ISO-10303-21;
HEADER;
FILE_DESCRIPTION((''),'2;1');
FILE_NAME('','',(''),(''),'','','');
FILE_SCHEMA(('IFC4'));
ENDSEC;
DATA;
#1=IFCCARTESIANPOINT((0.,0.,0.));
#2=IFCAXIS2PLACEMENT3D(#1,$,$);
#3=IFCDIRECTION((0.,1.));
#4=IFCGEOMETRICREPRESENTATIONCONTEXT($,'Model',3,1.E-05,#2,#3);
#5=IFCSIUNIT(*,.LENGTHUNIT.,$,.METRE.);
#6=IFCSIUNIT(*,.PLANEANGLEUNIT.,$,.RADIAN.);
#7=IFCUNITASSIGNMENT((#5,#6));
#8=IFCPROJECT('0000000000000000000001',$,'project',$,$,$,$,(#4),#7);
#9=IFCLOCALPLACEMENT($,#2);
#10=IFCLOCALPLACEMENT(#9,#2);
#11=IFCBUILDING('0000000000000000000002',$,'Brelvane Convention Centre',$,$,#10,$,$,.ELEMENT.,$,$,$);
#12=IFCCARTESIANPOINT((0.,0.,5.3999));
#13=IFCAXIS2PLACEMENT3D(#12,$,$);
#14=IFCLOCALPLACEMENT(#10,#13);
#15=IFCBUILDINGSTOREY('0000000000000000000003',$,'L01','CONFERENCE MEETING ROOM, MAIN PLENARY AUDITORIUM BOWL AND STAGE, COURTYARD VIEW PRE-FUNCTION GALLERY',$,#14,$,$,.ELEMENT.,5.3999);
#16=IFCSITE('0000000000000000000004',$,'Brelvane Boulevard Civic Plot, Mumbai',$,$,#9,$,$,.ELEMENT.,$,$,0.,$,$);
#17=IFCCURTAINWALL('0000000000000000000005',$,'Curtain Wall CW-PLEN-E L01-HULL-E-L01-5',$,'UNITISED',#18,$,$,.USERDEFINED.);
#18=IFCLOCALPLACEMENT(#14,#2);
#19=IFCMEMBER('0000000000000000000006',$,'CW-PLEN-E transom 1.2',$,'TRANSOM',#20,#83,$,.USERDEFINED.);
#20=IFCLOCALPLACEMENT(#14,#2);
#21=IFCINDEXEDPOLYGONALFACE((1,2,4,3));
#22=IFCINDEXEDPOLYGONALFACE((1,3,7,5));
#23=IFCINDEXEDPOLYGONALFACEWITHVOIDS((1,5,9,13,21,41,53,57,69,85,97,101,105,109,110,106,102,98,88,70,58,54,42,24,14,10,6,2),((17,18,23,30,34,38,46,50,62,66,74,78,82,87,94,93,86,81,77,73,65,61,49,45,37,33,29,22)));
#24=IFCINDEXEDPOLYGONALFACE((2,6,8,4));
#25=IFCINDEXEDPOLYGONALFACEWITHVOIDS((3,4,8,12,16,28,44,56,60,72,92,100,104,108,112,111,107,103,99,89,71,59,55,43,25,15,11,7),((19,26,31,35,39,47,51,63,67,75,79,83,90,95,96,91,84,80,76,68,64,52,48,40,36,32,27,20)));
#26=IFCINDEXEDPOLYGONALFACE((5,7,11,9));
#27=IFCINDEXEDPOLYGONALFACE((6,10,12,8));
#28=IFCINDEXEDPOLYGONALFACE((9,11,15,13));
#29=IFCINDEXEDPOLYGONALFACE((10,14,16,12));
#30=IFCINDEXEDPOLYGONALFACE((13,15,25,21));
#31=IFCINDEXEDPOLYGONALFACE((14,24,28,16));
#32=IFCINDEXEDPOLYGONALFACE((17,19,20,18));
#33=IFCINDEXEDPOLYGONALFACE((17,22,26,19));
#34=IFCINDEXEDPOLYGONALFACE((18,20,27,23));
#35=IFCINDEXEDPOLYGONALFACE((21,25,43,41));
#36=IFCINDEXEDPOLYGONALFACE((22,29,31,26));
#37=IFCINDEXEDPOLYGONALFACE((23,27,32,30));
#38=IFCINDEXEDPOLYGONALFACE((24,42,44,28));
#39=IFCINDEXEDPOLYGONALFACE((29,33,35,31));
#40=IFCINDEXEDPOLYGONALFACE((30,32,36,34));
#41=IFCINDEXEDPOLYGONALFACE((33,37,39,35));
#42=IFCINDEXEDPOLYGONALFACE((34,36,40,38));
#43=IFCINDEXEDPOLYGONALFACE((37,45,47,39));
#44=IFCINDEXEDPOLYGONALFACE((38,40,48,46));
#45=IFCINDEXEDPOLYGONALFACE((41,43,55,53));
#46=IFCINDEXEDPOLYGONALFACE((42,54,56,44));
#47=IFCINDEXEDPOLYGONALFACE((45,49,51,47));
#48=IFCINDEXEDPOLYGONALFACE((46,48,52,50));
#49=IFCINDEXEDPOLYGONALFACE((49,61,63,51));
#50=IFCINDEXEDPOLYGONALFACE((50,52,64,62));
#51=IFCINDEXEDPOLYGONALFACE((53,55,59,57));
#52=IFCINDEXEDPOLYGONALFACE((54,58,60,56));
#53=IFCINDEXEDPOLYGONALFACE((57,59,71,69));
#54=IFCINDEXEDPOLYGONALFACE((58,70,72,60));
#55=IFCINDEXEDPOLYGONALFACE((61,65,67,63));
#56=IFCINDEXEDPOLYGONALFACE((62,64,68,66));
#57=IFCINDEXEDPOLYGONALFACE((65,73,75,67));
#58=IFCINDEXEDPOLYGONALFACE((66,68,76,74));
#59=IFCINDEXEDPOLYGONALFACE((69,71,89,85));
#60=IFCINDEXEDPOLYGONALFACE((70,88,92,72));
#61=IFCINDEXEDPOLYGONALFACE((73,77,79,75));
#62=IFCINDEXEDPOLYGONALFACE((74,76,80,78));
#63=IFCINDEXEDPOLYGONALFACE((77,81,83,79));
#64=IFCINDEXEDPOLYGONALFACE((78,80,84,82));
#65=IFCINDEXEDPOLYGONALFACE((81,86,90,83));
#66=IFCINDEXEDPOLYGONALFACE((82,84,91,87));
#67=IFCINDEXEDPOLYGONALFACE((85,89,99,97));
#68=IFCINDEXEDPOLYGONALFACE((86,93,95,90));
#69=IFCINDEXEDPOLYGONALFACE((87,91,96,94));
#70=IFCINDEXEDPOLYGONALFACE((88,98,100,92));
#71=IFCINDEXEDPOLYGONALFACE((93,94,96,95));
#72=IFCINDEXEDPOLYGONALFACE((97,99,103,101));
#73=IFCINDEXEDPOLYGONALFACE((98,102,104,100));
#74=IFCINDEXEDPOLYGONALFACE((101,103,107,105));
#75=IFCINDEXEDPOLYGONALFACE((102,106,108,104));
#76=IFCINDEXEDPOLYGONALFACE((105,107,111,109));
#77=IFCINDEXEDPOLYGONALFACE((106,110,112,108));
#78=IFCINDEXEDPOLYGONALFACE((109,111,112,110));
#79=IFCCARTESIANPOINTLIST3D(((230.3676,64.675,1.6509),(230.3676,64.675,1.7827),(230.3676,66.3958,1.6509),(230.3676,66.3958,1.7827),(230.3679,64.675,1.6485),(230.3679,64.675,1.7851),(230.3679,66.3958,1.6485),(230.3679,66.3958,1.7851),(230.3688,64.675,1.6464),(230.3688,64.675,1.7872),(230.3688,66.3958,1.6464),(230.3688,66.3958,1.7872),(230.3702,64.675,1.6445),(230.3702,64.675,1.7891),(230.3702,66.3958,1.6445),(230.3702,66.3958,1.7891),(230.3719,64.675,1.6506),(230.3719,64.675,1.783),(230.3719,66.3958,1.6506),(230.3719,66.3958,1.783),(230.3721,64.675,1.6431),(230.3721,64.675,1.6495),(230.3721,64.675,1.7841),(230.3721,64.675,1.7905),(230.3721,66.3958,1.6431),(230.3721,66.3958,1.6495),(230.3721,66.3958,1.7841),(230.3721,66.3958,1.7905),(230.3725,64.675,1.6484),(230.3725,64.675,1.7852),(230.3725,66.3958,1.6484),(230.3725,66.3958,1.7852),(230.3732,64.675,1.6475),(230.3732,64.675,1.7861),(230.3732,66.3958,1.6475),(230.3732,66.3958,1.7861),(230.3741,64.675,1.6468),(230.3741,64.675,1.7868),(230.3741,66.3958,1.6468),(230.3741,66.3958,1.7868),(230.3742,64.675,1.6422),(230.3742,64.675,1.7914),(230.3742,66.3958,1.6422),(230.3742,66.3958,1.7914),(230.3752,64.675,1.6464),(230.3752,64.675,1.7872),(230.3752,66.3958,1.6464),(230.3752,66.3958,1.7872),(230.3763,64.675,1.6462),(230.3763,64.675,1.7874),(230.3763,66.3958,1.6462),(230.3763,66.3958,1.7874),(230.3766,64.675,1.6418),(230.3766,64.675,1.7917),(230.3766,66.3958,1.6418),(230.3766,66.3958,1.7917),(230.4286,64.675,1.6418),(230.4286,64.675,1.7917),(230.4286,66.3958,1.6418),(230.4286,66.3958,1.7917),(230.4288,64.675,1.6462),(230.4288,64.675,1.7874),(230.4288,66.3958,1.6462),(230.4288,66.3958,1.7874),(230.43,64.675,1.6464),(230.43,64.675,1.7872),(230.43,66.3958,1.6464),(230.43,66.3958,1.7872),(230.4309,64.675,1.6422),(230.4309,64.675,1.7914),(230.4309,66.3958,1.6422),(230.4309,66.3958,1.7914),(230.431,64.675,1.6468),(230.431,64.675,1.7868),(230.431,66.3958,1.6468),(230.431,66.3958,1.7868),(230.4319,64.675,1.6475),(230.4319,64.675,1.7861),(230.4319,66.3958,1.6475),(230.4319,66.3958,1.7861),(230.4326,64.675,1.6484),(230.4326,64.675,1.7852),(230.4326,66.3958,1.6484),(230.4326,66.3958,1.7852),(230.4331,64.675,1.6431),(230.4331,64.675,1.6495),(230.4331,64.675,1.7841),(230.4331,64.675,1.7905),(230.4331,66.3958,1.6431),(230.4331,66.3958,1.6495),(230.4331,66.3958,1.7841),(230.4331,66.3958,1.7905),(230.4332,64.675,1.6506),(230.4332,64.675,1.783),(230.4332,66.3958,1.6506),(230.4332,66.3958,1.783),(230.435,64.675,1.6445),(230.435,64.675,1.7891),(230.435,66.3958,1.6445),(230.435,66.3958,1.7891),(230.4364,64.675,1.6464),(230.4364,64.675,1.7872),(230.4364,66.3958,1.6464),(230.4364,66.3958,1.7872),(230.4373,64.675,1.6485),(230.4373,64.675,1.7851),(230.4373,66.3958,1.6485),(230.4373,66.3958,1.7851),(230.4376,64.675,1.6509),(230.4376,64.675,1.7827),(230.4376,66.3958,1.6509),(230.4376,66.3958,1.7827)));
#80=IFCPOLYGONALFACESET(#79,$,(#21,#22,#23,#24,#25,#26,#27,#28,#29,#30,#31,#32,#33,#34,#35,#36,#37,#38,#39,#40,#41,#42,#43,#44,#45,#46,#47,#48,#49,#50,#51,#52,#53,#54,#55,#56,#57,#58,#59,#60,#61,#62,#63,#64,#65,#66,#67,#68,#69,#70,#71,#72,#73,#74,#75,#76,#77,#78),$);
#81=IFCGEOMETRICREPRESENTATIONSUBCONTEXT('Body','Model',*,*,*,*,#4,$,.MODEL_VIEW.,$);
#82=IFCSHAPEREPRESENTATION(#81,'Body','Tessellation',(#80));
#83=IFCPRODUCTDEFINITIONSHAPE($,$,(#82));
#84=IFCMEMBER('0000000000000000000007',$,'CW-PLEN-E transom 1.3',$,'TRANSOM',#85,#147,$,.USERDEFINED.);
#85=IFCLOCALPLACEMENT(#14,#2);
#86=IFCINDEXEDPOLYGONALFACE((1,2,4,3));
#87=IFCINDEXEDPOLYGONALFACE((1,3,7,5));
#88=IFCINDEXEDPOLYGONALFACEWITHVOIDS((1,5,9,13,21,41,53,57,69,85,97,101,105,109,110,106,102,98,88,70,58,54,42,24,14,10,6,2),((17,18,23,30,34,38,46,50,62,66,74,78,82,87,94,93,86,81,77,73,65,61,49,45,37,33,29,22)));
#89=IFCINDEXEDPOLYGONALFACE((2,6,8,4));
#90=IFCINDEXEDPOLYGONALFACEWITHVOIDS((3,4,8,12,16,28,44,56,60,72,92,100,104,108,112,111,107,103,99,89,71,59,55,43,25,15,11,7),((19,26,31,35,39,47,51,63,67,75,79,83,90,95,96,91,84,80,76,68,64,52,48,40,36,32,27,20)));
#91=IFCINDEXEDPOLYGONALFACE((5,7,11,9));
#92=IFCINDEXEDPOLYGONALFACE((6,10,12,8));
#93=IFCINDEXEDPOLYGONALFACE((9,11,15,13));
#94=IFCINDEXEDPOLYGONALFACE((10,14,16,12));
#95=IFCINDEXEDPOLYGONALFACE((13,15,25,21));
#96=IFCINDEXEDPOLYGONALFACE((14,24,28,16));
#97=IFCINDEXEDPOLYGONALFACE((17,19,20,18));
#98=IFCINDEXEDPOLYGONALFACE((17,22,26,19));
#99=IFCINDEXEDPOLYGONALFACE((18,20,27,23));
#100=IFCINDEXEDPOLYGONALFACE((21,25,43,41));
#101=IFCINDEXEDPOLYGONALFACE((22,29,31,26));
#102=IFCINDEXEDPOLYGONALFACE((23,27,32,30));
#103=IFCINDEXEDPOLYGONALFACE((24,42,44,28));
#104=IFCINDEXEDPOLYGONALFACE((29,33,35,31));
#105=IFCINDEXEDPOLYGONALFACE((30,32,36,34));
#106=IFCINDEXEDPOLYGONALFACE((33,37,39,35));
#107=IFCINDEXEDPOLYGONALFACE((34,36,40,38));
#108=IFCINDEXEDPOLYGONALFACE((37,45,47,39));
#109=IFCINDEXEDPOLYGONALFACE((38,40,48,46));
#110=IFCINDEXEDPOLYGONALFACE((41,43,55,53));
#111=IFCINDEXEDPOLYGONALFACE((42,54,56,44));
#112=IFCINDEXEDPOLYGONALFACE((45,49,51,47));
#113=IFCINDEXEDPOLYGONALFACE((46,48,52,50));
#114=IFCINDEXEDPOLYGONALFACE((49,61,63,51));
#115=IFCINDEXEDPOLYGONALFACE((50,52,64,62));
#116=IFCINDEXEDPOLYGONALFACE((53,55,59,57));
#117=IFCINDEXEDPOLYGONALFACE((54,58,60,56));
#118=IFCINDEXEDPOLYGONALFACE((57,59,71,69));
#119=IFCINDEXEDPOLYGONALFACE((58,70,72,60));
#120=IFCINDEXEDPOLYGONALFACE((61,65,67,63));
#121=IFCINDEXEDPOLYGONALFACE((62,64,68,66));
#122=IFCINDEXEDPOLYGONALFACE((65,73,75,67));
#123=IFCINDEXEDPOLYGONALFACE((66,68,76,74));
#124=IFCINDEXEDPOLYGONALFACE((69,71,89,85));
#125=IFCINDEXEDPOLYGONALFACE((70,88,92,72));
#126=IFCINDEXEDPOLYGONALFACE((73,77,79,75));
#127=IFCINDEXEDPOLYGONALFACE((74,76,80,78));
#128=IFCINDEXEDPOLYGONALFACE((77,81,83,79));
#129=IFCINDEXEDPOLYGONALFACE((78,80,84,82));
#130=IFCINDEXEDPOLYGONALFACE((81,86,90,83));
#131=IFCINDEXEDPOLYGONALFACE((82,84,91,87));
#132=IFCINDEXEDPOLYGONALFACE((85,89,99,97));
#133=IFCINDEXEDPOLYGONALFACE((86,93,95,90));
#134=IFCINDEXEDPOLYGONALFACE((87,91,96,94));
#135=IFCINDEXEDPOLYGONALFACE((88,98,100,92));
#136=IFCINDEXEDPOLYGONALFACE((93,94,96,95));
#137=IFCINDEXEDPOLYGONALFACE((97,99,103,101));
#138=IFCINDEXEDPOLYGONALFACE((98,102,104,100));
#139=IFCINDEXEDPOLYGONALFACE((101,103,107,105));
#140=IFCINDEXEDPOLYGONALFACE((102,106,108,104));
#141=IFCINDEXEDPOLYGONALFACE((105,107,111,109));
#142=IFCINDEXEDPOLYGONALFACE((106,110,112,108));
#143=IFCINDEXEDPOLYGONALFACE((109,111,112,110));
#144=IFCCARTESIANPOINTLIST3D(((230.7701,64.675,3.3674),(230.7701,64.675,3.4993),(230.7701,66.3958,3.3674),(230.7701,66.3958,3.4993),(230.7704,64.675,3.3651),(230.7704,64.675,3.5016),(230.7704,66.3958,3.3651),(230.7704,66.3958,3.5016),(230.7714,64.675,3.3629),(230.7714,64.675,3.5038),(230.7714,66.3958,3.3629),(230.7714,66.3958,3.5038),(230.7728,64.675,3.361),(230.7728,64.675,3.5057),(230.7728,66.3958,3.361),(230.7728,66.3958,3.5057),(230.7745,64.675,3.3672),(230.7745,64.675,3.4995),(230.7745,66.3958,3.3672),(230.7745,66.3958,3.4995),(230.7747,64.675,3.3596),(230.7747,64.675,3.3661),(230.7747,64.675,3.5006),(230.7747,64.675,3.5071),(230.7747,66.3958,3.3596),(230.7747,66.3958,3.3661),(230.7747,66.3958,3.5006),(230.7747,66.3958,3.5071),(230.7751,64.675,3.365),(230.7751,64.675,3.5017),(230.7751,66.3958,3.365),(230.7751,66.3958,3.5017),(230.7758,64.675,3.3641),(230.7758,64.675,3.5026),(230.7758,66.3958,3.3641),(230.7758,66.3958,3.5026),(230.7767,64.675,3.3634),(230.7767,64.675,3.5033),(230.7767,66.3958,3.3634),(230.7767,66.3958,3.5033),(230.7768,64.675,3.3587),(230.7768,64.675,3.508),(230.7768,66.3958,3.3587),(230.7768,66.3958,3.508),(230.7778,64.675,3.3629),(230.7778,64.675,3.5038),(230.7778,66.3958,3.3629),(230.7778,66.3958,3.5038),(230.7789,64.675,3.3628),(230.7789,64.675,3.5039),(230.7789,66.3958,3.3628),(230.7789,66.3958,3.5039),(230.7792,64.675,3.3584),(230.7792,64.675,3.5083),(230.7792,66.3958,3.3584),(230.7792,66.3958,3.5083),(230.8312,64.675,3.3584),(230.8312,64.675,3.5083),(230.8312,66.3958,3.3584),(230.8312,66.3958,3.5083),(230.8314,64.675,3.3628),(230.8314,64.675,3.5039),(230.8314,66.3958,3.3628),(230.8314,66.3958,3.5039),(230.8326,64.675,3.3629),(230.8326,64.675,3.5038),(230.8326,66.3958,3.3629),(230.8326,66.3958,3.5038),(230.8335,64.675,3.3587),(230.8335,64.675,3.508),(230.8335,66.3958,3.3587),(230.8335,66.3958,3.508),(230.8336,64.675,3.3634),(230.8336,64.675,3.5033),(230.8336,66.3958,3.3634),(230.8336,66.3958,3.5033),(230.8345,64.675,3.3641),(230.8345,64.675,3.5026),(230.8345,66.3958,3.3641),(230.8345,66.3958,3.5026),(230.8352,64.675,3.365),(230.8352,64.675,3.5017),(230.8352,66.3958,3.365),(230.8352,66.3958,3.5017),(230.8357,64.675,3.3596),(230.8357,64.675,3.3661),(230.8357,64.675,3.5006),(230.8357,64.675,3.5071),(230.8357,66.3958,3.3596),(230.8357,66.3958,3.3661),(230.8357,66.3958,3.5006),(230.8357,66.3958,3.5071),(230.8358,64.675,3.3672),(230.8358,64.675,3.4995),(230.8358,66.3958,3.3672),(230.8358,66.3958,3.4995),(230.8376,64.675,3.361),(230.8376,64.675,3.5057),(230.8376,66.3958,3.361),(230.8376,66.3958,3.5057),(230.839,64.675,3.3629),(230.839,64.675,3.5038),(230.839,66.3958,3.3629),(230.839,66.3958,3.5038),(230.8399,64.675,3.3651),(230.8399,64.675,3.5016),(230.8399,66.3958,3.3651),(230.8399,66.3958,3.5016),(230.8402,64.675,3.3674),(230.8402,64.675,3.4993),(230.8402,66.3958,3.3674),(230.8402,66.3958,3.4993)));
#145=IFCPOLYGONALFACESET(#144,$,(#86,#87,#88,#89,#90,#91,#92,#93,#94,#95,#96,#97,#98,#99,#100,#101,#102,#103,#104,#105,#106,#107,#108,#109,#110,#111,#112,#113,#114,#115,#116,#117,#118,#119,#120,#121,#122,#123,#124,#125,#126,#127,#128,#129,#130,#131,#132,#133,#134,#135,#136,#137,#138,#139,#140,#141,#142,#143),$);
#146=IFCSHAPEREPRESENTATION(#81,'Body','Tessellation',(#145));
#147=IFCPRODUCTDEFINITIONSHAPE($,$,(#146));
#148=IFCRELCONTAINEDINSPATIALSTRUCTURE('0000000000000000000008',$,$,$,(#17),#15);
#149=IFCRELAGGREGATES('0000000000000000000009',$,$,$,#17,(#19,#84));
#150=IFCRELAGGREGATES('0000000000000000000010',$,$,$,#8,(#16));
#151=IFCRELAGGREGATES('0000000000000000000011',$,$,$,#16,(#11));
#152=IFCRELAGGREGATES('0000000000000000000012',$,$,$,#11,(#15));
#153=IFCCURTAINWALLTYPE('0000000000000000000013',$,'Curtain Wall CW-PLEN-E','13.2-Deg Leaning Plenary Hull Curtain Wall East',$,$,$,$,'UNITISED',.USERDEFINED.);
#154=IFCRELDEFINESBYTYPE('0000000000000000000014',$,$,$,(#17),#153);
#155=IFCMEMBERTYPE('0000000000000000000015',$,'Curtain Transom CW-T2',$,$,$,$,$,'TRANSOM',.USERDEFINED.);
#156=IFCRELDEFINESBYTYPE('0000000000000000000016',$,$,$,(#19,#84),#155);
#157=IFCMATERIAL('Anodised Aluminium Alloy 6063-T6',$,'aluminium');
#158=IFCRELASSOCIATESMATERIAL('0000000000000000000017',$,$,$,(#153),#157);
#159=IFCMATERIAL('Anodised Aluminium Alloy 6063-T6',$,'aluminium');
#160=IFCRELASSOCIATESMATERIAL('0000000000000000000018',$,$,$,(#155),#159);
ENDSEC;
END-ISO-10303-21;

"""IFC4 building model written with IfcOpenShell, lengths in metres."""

from ifc_helpers import new_model, si_unit, direction, frame, origin, origin_2d, place, context, subcontext, project, spatial, hollow_rectangle, extrude, material, material_profile, profile_set, type_object, element, aggregate, save


model = new_model("IFC4")

# Units and contexts
model_context = context("Model", 3, precision=1e-05, world=origin(), true_north=direction((0.0, 1.0)))
body_context = subcontext(model_context, "Body", "Model", "MODEL_VIEW")
ifc_project = project(units=[si_unit("LENGTHUNIT", "METRE"), si_unit("PLANEANGLEUNIT", "RADIAN")], contexts=[model_context])

# Site, building, storey
site_placement = place(None, origin())
site = spatial("IfcSite", under=ifc_project, at=site_placement, Name="Brelvane Boulevard Civic Plot, Mumbai", CompositionType="ELEMENT", RefElevation=0.0)
building_placement = place(site_placement, origin())
building = spatial("IfcBuilding", under=site, at=building_placement, Name="Brelvane Convention Centre", CompositionType="ELEMENT")
storey_placement = place(building_placement, frame((0.0, 0.0, 5.3999)))
storey = spatial("IfcBuildingStorey", under=building, at=storey_placement, Name="L01", Description="CONFERENCE MEETING ROOM, MAIN PLENARY AUDITORIUM BOWL AND STAGE, COURTYARD VIEW PRE-FUNCTION GALLERY", CompositionType="ELEMENT", Elevation=5.3999)

# Curtain wall, members
ifc_material_1 = material(Name="Anodised Aluminium Alloy 6063-T6", Category="aluminium")
curtain_wall_type = type_object("IfcCurtainWallType", Name="Curtain Wall CW-PLEN-E", Description="13.2-Deg Leaning Plenary Hull Curtain Wall East", ElementType="UNITISED", PredefinedType="USERDEFINED", material=ifc_material_1)
curtain_wall_placement = place(storey_placement, origin())
curtain_wall = element("IfcCurtainWall", 1, at=curtain_wall_placement, inside=storey, type_object=curtain_wall_type, Name="Curtain Wall CW-PLEN-E L01-HULL-E-L01-5", ObjectType="UNITISED", PredefinedType="USERDEFINED")
ifc_material_2 = material(Name="Anodised Aluminium Alloy 6063-T6", Category="aluminium")
ifc_material_profile = material_profile(ifc_material_2, hollow_rectangle(XDim=0.0701, YDim=0.1499, WallThickness=0.0044, InnerFilletRadius=0.0044, OuterFilletRadius=0.009, at=origin_2d()), Name="ALU-T 150x70x4.5")
ifc_profile_set = profile_set([ifc_material_profile], Name="Anodised Aluminium Alloy 6063-T6")
member_type = type_object("IfcMemberType", Name="Curtain Transom CW-T2", ElementType="TRANSOM", PredefinedType="USERDEFINED", material=ifc_profile_set)
member_1_placement = place(storey_placement, frame((230.4026, 64.675, 1.7168), z_axis=(0.0, 1.0, 0.0), x_axis=(-1.0, 0.0, 0.0)))
member_1 = element("IfcMember", 2, at=member_1_placement, type_object=member_type, Name="CW-PLEN-E transom 1.2", ObjectType="TRANSOM", PredefinedType="USERDEFINED", context=body_context, shape_type="SweptSolid", body=[
    extrude(hollow_rectangle(XDim=0.0701, YDim=0.1499, WallThickness=0.0044, InnerFilletRadius=0.0044, OuterFilletRadius=0.009, at=origin_2d()), origin(), (0.0, 0.0, 1.0), 1.7207),
])
member_2_placement = place(storey_placement, frame((230.8052, 64.675, 3.4333), z_axis=(0.0, 1.0, 0.0), x_axis=(-1.0, 0.0, 0.0)))
member_2 = element("IfcMember", 3, at=member_2_placement, type_object=member_type, Name="CW-PLEN-E transom 1.3", ObjectType="TRANSOM", PredefinedType="USERDEFINED", context=body_context, shape_type="SweptSolid", body=[
    extrude(hollow_rectangle(XDim=0.0701, YDim=0.1499, WallThickness=0.0044, InnerFilletRadius=0.0044, OuterFilletRadius=0.009, at=origin_2d()), origin(), (0.0, 0.0, 1.0), 1.7207),
])
aggregate(curtain_wall, [member_1, member_2])

save(model, "model.ifc")
